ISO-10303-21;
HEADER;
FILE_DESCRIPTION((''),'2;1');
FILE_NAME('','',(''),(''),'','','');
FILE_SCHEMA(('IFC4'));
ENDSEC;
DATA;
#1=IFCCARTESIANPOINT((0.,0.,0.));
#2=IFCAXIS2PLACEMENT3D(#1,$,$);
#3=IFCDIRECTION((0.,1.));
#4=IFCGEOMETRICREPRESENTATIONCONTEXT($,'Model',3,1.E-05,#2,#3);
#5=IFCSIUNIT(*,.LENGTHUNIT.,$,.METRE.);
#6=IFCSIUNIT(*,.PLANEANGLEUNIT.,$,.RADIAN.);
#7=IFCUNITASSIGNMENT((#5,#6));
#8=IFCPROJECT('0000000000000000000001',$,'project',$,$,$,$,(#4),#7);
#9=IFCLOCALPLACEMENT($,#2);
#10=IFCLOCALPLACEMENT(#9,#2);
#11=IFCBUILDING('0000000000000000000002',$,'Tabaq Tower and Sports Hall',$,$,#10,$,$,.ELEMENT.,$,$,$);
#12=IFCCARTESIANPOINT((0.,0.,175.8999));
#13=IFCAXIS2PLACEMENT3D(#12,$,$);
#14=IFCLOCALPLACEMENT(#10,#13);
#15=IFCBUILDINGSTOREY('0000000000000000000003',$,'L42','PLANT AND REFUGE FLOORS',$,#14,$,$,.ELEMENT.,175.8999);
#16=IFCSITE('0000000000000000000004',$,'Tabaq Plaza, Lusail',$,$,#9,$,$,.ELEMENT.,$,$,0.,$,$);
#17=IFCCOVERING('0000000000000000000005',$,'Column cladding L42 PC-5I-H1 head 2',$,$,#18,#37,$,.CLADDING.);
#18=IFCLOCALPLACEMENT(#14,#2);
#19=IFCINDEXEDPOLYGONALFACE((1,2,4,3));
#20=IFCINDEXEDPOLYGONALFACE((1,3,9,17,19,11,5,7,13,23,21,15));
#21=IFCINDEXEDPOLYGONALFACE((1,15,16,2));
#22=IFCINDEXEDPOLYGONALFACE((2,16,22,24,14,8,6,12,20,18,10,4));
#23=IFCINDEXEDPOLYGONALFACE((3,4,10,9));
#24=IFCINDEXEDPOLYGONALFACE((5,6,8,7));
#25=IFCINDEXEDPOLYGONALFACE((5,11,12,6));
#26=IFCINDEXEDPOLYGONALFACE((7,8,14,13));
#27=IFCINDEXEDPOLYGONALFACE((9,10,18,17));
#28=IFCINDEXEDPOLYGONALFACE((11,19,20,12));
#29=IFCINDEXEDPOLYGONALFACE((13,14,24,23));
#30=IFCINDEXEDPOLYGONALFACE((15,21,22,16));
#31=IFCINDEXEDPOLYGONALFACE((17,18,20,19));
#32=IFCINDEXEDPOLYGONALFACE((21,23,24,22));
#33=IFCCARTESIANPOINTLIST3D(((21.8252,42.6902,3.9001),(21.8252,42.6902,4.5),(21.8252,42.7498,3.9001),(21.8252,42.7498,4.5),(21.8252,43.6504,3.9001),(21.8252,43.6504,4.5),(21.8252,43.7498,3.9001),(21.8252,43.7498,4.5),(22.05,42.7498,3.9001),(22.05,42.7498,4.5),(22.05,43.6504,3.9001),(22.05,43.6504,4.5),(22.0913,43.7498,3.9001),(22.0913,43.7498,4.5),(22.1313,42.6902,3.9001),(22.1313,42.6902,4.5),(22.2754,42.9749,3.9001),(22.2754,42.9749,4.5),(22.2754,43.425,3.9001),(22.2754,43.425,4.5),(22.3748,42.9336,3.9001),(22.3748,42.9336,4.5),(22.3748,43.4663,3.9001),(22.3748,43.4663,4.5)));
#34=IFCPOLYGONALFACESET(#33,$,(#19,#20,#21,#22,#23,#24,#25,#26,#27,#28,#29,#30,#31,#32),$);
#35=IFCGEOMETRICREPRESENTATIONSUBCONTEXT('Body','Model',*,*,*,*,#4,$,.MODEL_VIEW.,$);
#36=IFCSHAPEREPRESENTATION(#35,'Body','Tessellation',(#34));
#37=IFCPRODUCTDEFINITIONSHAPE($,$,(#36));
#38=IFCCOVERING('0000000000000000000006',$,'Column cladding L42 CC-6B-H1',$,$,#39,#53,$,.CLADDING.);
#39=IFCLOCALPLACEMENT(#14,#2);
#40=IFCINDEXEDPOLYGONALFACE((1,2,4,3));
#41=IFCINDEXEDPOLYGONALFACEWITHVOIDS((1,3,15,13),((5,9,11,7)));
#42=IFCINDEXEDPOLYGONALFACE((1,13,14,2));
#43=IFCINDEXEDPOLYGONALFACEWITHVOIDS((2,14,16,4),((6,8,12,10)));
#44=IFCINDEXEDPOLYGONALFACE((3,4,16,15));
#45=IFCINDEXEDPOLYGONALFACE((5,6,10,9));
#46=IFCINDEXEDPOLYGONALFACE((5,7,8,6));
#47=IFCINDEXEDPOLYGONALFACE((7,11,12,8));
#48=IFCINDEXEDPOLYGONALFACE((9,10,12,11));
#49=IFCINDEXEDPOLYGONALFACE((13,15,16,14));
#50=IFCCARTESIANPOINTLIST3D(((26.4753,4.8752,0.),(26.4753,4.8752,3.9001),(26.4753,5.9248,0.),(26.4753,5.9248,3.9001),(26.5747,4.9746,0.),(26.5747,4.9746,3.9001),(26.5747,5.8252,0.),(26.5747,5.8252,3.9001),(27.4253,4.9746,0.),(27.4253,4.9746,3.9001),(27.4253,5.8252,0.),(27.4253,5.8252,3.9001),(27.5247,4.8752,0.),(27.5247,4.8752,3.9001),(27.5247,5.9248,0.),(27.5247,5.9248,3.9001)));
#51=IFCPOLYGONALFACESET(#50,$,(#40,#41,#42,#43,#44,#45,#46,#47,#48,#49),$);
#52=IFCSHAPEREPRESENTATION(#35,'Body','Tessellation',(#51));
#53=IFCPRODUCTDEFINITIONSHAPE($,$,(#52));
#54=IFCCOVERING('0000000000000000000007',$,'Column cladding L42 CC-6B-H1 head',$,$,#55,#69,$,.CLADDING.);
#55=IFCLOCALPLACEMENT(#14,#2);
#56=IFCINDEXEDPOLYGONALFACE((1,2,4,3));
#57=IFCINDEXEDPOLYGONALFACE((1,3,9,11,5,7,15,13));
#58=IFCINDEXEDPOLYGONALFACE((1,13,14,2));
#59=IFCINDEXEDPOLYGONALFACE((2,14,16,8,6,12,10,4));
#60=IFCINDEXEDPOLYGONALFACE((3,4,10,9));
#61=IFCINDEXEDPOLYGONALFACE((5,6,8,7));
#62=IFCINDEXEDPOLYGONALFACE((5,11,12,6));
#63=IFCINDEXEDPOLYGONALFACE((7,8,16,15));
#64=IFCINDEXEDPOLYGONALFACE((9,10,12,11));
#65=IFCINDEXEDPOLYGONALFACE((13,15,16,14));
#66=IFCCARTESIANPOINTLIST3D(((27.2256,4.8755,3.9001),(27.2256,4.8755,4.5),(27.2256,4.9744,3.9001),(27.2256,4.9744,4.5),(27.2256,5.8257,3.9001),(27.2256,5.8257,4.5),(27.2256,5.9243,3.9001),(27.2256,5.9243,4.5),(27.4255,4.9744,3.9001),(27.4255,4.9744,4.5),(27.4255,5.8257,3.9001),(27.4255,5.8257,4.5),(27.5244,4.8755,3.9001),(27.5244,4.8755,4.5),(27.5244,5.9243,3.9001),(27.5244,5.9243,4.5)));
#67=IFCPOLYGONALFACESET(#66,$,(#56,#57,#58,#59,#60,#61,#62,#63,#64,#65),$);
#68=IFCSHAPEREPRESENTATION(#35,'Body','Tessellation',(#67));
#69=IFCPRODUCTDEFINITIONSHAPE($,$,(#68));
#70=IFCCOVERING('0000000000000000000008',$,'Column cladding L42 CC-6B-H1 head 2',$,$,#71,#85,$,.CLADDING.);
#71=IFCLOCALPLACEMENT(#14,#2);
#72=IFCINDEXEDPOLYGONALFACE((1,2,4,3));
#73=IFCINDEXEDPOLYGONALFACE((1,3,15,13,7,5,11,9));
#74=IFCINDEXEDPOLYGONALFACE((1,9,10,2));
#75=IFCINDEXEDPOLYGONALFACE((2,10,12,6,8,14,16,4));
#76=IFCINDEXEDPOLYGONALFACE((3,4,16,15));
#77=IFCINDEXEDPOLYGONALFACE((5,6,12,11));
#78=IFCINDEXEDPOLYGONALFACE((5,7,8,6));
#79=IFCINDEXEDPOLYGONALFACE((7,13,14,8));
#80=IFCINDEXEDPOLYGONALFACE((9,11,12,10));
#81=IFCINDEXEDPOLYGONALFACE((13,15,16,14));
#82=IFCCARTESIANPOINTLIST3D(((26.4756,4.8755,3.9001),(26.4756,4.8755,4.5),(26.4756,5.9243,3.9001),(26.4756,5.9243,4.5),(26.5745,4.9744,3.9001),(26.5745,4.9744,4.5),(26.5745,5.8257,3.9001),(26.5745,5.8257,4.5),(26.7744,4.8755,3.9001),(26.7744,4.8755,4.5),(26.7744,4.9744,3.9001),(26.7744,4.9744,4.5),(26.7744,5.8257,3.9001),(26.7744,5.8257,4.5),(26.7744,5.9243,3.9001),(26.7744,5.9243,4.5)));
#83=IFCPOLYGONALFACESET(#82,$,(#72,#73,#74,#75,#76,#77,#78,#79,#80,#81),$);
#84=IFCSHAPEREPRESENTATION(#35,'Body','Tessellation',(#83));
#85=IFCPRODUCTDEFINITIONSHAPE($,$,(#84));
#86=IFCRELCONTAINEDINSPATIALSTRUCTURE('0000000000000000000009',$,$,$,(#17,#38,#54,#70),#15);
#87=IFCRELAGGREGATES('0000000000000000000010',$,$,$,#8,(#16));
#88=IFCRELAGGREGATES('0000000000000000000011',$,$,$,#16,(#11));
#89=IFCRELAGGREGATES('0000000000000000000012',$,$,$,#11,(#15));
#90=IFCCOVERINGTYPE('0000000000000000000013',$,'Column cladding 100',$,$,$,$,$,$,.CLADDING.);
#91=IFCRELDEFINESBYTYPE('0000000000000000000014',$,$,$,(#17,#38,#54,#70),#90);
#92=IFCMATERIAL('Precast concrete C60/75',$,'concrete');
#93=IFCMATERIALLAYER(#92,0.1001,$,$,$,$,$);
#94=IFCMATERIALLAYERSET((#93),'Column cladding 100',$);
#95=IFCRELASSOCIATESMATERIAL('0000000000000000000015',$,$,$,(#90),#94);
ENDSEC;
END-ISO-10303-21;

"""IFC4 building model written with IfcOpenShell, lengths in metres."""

from ifc_helpers import new_model, si_unit, direction, frame, origin, place, context, subcontext, project, spatial, polyline, outline, extrude, material, layer, layer_set, type_object, element, save


model = new_model("IFC4")

# Units and contexts
model_context = context("Model", 3, precision=1e-05, world=origin(), true_north=direction((0.0, 1.0)))
body_context = subcontext(model_context, "Body", "Model", "MODEL_VIEW")
ifc_project = project(units=[si_unit("LENGTHUNIT", "METRE"), si_unit("PLANEANGLEUNIT", "RADIAN")], contexts=[model_context])

# Site, building, storey
site_placement = place(None, origin())
site = spatial("IfcSite", under=ifc_project, at=site_placement, Name="Tabaq Plaza, Lusail", CompositionType="ELEMENT", RefElevation=0.0)
building_placement = place(site_placement, origin())
building = spatial("IfcBuilding", under=site, at=building_placement, Name="Tabaq Tower and Sports Hall", CompositionType="ELEMENT")
storey_placement = place(building_placement, frame((0.0, 0.0, 175.8999)))
storey = spatial("IfcBuildingStorey", under=building, at=storey_placement, Name="L42", Description="PLANT AND REFUGE FLOORS", CompositionType="ELEMENT", Elevation=175.8999)

# Coverings
ifc_material_1 = material(Name="Precast concrete C60/75", Category="concrete")
ifc_layer_1 = layer(ifc_material_1, 0.1001)
ifc_layer_set_1 = layer_set([ifc_layer_1], Name="Column cladding 100")
covering_type = type_object("IfcCoveringType", Name="Column cladding 100", PredefinedType="CLADDING", material=ifc_layer_set_1)
covering_1_placement = place(storey_placement, frame((0.0, 0.0, 3.9001)))
element("IfcCovering", 1, at=covering_1_placement, inside=storey, type_object=covering_type, Name="Column cladding L42 PC-5I-H1 head 2", PredefinedType="CLADDING", context=body_context, shape_type="SweptSolid", body=[
    extrude(outline(polyline([(22.0913, 43.7498), (22.3748, 43.4663), (22.3748, 42.9336), (22.1313, 42.6902), (21.8252, 42.6902), (21.8252, 42.7498), (22.05, 42.7498), (22.2754, 42.9749), (22.2754, 43.425), (22.05, 43.6504), (21.8252, 43.6504), (21.8252, 43.7498), (22.0913, 43.7498)])), origin(), (0.0, 0.0, 1.0), 0.5999),
])
covering_2_placement = place(storey_placement, origin())
element("IfcCovering", 2, at=covering_2_placement, inside=storey, type_object=covering_type, Name="Column cladding L42 CC-6B-H1", PredefinedType="CLADDING", context=body_context, shape_type="SweptSolid", body=[
    extrude(outline(polyline([(26.4753, 5.9248), (27.5247, 5.9248), (27.5247, 4.8752), (26.4753, 4.8752), (26.4753, 5.9248)]), holes=[polyline([(27.4253, 4.9746), (27.4253, 5.8252), (26.5747, 5.8252), (26.5747, 4.9746), (27.4253, 4.9746)])]), origin(), (0.0, 0.0, 1.0), 3.9001),
])
covering_3_placement = place(storey_placement, frame((0.0, 0.0, 3.9001)))
element("IfcCovering", 3, at=covering_3_placement, inside=storey, type_object=covering_type, Name="Column cladding L42 CC-6B-H1 head", PredefinedType="CLADDING", context=body_context, shape_type="SweptSolid", body=[
    extrude(outline(polyline([(27.2256, 4.9744), (27.4255, 4.9744), (27.4255, 5.8257), (27.2256, 5.8257), (27.2256, 5.9243), (27.5244, 5.9243), (27.5244, 4.8755), (27.2256, 4.8755), (27.2256, 4.9744)])), origin(), (0.0, 0.0, 1.0), 0.5999),
])
covering_4_placement = place(storey_placement, frame((0.0, 0.0, 3.9001)))
element("IfcCovering", 4, at=covering_4_placement, inside=storey, type_object=covering_type, Name="Column cladding L42 CC-6B-H1 head 2", PredefinedType="CLADDING", context=body_context, shape_type="SweptSolid", body=[
    extrude(outline(polyline([(26.7744, 4.9744), (26.7744, 4.8755), (26.4756, 4.8755), (26.4756, 5.9243), (26.7744, 5.9243), (26.7744, 5.8257), (26.5745, 5.8257), (26.5745, 4.9744), (26.7744, 4.9744)])), origin(), (0.0, 0.0, 1.0), 0.5999),
])

save(model, "model.ifc")
